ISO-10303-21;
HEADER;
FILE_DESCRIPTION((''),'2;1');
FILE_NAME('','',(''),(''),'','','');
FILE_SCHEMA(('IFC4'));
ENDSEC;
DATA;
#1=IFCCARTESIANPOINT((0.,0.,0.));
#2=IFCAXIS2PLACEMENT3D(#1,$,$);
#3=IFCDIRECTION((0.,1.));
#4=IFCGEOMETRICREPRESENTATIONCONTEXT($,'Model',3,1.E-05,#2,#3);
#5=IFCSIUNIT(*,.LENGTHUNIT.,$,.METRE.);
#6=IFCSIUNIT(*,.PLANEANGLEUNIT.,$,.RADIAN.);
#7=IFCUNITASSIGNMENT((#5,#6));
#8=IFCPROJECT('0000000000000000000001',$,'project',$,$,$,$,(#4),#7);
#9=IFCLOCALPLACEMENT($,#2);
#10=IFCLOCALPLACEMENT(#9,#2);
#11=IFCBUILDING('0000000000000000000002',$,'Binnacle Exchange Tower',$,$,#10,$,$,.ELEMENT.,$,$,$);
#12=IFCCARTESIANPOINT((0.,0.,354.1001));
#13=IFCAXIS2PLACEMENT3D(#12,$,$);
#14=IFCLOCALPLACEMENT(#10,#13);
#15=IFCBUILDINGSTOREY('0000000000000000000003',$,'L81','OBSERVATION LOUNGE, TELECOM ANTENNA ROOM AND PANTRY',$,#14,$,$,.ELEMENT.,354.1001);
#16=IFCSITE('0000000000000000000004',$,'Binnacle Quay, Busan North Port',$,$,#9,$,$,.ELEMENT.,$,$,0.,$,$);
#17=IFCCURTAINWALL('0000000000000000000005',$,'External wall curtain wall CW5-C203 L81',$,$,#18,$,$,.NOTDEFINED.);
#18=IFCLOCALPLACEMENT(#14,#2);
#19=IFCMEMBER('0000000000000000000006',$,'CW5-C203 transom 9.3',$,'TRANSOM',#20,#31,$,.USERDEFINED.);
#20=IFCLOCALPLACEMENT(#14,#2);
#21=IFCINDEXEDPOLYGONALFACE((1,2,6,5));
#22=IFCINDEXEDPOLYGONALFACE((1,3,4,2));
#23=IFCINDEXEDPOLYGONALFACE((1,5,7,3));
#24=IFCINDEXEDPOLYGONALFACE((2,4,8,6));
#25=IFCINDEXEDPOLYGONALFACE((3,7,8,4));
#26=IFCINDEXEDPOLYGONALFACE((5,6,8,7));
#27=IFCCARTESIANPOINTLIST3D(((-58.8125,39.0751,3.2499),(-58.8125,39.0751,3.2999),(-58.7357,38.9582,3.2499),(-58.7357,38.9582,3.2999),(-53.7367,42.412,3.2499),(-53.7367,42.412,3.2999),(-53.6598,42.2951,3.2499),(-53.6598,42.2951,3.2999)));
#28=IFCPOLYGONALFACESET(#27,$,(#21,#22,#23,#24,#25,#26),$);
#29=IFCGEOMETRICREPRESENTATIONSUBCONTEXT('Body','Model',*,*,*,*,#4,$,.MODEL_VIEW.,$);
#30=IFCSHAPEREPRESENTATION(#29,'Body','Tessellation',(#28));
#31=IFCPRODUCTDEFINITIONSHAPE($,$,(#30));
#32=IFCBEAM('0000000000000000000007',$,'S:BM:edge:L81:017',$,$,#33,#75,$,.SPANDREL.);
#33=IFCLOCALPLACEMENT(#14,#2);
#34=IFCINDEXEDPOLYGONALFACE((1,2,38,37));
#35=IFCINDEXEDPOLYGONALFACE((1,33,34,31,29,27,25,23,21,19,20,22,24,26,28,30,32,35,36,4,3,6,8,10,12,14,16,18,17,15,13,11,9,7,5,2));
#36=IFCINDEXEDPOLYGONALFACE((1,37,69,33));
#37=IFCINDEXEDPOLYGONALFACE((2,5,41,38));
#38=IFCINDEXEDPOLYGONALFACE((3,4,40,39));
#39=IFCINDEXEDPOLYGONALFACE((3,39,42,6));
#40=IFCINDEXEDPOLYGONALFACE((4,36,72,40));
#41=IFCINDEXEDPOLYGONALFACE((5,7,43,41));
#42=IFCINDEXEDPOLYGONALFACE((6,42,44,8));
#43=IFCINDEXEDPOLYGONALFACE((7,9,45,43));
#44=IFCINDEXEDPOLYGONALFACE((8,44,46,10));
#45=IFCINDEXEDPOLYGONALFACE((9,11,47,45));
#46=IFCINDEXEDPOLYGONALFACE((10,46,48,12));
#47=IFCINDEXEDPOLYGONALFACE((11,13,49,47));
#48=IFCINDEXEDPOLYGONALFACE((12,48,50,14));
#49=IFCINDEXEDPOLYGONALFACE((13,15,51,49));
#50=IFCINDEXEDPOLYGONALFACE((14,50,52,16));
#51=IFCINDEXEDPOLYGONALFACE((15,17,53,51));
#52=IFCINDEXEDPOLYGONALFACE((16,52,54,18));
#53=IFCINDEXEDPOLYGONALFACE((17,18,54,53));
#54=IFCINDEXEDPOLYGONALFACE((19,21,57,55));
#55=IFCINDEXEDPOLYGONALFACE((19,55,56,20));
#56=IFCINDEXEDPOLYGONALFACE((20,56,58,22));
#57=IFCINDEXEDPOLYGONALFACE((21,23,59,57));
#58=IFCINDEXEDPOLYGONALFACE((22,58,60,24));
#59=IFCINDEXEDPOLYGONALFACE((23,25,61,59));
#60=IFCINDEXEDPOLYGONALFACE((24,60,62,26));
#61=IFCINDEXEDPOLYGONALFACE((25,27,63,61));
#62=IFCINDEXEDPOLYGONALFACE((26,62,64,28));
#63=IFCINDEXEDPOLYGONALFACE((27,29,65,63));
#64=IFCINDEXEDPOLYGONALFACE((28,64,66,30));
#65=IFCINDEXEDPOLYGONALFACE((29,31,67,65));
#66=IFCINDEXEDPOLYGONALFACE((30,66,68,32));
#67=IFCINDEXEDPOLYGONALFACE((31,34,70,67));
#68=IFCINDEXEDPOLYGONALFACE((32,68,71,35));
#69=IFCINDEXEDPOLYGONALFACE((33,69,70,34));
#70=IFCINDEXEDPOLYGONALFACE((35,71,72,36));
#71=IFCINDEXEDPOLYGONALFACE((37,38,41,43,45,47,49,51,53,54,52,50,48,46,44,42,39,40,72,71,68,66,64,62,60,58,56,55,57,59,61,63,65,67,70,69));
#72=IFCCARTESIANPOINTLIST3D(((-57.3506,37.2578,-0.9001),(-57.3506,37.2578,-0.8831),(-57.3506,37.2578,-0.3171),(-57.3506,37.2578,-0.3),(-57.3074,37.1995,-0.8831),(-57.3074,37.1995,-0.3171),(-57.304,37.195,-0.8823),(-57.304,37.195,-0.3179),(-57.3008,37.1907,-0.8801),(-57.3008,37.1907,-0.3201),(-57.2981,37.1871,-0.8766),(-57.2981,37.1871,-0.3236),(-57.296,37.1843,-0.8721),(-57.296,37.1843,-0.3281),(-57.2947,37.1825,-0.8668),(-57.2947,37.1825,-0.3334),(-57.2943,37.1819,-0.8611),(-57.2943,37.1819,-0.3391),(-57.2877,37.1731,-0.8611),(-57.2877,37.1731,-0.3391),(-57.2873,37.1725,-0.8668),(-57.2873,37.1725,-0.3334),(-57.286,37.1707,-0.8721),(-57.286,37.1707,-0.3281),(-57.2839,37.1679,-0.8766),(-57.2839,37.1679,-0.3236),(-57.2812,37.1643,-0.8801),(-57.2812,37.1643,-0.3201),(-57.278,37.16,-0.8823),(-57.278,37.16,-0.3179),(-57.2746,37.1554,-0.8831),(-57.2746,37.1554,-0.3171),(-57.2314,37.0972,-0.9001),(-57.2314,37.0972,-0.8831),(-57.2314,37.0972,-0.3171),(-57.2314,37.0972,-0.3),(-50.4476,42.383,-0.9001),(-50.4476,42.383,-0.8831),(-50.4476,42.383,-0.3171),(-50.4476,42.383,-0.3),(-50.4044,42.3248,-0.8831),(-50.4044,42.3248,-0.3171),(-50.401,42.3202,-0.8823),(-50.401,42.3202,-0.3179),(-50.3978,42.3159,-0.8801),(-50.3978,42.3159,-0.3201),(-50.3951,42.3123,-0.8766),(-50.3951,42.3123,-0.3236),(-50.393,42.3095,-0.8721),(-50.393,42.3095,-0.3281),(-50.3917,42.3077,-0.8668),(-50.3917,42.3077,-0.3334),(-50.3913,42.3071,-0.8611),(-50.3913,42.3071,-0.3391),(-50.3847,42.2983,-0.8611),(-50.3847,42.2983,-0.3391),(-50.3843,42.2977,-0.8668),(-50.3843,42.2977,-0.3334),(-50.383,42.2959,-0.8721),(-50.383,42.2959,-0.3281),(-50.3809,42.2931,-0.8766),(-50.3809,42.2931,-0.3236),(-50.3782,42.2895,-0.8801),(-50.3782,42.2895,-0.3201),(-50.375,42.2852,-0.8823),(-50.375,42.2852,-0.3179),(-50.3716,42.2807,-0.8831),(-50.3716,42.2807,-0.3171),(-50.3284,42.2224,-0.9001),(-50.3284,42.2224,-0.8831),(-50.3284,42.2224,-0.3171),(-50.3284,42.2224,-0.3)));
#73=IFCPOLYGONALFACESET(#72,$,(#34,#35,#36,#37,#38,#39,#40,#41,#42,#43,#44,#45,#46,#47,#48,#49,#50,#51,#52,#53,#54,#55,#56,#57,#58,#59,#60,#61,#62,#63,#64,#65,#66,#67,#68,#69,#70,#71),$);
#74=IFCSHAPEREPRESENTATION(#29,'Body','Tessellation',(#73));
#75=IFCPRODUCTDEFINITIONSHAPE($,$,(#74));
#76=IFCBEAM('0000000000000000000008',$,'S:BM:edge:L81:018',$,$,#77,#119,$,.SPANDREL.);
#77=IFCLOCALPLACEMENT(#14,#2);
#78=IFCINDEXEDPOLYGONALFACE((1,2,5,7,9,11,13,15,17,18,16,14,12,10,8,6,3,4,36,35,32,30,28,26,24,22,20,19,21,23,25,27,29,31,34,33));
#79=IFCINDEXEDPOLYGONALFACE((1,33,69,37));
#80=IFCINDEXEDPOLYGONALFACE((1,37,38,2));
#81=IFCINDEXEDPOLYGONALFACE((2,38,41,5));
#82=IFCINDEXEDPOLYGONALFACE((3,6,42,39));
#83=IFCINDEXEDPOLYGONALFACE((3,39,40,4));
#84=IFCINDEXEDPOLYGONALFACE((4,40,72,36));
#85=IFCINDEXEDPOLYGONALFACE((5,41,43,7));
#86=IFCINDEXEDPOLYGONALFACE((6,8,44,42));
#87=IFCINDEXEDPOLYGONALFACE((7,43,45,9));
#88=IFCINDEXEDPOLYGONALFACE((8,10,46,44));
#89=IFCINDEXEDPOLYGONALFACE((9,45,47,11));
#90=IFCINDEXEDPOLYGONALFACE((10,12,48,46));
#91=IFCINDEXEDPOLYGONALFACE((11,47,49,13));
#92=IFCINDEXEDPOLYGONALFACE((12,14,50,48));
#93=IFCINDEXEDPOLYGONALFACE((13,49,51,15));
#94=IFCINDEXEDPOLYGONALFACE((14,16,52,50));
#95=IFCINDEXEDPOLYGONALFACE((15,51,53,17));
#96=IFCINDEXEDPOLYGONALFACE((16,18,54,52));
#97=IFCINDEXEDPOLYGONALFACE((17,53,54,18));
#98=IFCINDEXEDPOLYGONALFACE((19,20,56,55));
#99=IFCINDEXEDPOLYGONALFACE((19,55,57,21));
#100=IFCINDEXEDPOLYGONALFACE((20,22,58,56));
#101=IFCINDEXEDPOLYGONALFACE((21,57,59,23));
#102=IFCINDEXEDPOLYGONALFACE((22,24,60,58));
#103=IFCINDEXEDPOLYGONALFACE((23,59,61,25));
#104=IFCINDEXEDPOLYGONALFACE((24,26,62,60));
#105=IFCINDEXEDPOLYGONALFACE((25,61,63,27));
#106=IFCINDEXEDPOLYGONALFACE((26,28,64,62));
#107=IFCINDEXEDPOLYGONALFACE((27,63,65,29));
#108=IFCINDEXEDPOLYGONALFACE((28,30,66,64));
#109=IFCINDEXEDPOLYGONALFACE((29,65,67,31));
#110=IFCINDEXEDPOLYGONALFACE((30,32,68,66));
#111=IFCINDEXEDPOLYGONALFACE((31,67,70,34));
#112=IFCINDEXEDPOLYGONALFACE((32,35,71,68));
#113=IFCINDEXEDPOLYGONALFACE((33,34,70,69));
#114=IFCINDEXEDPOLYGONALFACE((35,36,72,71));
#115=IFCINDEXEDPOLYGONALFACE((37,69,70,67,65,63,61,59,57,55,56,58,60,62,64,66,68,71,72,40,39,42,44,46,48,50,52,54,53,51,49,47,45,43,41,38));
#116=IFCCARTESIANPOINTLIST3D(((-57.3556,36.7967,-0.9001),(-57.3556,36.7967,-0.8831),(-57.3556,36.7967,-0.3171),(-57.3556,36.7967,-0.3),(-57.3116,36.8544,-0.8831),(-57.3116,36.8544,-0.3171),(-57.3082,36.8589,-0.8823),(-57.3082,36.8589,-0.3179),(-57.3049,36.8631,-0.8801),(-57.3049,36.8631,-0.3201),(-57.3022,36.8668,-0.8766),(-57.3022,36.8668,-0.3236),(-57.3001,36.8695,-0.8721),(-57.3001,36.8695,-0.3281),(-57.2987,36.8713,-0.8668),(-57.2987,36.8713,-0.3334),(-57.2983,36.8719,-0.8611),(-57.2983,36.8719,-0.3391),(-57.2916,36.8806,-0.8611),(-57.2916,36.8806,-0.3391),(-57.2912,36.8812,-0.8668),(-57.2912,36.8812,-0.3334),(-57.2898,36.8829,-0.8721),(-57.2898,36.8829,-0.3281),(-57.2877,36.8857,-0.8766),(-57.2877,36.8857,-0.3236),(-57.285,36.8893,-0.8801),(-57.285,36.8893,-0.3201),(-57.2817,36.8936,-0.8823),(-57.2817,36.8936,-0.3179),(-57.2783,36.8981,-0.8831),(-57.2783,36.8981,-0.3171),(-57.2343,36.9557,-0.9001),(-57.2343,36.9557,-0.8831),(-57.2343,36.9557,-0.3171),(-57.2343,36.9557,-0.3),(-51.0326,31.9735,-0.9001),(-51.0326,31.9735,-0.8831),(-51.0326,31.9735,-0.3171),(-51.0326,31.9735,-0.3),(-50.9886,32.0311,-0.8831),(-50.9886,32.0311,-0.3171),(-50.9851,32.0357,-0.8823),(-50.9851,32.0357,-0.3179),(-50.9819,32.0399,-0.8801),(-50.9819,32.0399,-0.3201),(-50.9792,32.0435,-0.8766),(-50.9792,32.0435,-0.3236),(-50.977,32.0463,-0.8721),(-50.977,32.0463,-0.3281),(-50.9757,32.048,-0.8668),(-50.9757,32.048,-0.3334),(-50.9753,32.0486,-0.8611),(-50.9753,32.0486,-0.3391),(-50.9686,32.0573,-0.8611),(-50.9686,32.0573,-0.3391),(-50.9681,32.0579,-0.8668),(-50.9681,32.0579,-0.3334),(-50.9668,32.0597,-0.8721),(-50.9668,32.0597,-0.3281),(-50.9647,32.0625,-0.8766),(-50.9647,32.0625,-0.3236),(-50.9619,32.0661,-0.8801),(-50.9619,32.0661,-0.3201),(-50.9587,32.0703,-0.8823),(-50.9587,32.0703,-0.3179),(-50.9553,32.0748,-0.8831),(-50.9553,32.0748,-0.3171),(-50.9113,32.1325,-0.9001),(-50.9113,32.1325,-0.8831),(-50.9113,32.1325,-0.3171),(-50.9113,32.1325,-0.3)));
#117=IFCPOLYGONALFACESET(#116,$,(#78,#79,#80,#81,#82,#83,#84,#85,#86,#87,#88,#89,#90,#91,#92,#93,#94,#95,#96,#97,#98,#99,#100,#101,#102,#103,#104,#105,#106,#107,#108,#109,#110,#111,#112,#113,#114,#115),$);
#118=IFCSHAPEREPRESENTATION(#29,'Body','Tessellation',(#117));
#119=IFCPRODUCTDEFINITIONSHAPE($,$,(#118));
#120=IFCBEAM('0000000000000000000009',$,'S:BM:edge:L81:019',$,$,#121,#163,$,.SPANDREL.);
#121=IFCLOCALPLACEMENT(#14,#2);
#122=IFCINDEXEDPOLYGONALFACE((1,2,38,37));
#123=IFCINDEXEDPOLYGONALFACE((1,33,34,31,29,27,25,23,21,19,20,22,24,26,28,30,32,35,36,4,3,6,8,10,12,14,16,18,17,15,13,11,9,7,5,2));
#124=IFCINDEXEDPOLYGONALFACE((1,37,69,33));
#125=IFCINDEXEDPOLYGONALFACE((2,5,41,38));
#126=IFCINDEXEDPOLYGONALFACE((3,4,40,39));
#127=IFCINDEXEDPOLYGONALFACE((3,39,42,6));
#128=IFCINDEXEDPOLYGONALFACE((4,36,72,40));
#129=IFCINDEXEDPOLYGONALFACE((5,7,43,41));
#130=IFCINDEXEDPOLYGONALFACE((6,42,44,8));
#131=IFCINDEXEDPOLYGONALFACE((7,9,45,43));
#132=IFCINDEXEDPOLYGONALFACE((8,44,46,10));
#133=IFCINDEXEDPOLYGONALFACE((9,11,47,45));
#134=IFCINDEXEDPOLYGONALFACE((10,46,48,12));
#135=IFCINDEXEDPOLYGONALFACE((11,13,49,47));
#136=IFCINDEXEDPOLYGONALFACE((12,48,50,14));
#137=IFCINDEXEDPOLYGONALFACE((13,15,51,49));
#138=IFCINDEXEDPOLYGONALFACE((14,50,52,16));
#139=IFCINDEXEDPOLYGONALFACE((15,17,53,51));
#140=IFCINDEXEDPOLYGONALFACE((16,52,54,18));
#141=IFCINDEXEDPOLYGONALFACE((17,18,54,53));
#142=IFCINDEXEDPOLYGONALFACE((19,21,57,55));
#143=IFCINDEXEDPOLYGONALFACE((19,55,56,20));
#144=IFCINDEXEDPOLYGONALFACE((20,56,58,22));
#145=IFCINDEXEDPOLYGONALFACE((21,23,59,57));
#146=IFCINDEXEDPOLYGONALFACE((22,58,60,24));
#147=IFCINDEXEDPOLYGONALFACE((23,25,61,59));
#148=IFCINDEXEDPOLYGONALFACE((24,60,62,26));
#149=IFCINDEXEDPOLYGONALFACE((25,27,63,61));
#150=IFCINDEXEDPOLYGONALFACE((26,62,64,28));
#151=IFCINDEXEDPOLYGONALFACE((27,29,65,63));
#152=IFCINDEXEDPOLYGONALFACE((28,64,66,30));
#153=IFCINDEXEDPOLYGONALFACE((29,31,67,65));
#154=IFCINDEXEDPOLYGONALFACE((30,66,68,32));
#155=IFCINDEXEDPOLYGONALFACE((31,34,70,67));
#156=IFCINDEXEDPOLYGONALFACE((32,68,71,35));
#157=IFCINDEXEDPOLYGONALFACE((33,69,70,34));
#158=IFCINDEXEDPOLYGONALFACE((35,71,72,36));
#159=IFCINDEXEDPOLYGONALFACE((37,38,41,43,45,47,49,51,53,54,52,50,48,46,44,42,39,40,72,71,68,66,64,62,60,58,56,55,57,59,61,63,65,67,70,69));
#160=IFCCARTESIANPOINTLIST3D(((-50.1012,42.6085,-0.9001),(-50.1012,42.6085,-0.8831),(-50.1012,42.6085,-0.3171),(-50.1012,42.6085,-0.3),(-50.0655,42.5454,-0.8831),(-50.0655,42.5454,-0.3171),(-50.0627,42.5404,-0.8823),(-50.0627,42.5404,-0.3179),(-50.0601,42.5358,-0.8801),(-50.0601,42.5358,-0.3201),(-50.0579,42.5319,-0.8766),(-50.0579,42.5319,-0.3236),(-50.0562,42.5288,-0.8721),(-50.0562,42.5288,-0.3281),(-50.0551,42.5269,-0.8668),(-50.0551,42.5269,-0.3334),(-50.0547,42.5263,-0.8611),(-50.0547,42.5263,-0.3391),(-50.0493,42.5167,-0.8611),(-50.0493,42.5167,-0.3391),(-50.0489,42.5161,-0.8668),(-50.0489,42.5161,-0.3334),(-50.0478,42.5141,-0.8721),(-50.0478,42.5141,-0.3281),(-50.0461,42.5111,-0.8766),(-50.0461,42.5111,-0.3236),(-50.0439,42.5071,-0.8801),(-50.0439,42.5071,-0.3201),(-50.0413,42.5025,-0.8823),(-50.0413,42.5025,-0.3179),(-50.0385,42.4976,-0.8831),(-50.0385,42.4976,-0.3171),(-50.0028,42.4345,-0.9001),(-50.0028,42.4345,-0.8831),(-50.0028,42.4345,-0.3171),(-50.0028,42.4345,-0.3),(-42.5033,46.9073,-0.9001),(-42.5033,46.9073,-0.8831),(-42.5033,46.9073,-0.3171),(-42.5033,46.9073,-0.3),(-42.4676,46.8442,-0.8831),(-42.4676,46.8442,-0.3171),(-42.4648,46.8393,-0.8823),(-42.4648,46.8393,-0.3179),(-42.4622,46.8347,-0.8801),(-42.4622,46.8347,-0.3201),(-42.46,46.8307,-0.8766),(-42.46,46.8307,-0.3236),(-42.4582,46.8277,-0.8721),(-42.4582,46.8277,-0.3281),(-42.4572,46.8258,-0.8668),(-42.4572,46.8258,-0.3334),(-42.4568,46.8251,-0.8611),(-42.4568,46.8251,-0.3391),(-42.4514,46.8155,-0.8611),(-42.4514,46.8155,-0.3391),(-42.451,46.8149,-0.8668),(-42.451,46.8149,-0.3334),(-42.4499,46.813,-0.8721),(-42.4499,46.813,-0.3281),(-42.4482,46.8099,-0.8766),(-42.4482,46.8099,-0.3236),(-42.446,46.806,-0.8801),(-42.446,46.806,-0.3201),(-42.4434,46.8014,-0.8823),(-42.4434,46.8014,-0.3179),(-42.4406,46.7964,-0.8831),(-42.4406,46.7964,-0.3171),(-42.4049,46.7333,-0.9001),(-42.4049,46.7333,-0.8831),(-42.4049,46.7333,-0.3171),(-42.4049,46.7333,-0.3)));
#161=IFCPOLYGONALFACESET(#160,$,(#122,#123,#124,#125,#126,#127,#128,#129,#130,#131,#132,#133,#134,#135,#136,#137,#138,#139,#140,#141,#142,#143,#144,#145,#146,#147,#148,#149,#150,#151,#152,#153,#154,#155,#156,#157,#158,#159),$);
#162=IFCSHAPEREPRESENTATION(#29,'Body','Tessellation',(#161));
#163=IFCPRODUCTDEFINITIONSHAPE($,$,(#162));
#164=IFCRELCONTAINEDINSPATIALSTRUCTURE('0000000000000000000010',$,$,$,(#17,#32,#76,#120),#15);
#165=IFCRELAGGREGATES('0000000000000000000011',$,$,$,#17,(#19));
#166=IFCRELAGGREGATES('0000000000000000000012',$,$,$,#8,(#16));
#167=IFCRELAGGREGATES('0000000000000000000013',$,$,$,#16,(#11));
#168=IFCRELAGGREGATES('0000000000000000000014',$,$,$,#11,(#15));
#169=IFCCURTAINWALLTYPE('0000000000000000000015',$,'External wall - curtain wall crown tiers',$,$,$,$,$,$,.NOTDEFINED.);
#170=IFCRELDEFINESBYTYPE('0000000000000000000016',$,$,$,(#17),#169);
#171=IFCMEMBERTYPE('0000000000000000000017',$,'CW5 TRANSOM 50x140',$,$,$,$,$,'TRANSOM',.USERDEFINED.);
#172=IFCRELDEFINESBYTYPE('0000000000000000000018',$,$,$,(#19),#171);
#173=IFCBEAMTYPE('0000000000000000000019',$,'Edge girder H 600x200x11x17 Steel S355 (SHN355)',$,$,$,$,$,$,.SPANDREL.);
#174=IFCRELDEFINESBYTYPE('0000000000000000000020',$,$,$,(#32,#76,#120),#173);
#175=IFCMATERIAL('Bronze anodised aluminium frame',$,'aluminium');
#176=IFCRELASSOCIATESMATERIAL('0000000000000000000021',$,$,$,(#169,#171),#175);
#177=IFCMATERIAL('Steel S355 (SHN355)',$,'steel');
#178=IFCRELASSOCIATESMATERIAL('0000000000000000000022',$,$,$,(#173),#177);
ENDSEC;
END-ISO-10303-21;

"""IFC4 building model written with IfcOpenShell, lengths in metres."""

from ifc_helpers import new_model, si_unit, direction, frame, origin, origin_2d, place, context, subcontext, project, spatial, rectangle, i_section, extrude, material, material_profile, profile_set, type_object, element, aggregate, save


model = new_model("IFC4")

# Units and contexts
model_context = context("Model", 3, precision=1e-05, world=origin(), true_north=direction((0.0, 1.0)))
body_context = subcontext(model_context, "Body", "Model", "MODEL_VIEW")
ifc_project = project(units=[si_unit("LENGTHUNIT", "METRE"), si_unit("PLANEANGLEUNIT", "RADIAN")], contexts=[model_context])

# Site, building, storey
site_placement = place(None, origin())
site = spatial("IfcSite", under=ifc_project, at=site_placement, Name="Binnacle Quay, Busan North Port", CompositionType="ELEMENT", RefElevation=0.0)
building_placement = place(site_placement, origin())
building = spatial("IfcBuilding", under=site, at=building_placement, Name="Binnacle Exchange Tower", CompositionType="ELEMENT")
storey_placement = place(building_placement, frame((0.0, 0.0, 354.1001)))
storey = spatial("IfcBuildingStorey", under=building, at=storey_placement, Name="L81", Description="OBSERVATION LOUNGE, TELECOM ANTENNA ROOM AND PANTRY", CompositionType="ELEMENT", Elevation=354.1001)

# Shared definitions
ifc_material_1 = material(Name="Steel S355 (SHN355)", Category="steel")

# Curtain wall, member
ifc_material_2 = material(Name="Bronze anodised aluminium frame", Category="aluminium")
curtain_wall_type = type_object("IfcCurtainWallType", Name="External wall - curtain wall crown tiers", PredefinedType="NOTDEFINED", material=ifc_material_2)
curtain_wall_placement = place(storey_placement, origin())
curtain_wall = element("IfcCurtainWall", 1, at=curtain_wall_placement, inside=storey, type_object=curtain_wall_type, Name="External wall curtain wall CW5-C203 L81", PredefinedType="NOTDEFINED")
ifc_material_profile_1 = material_profile(ifc_material_2, rectangle(XDim=0.1399, YDim=0.05, at=origin_2d()), Name="AL 140x50")
ifc_profile_set_1 = profile_set([ifc_material_profile_1], Name="Bronze anodised aluminium frame")
member_type_1 = type_object("IfcMemberType", Name="CW5 TRANSOM 50x140", ElementType="TRANSOM", PredefinedType="USERDEFINED", material=ifc_profile_set_1)
member_1_placement = place(storey_placement, frame((-53.6982, 42.3535, 3.2749), z_axis=(-0.835607, -0.549328, 0.0), x_axis=(0.549328, -0.835607, 0.0)))
member_1 = element("IfcMember", 2, at=member_1_placement, type_object=member_type_1, Name="CW5-C203 transom 9.3", ObjectType="TRANSOM", PredefinedType="USERDEFINED", context=body_context, shape_type="SweptSolid", body=[
    extrude(rectangle(XDim=0.1399, YDim=0.05, at=origin_2d()), origin(), (0.0, 0.0, 1.0), 6.0745),
])

# Beams
ifc_material_profile_2 = material_profile(ifc_material_1, i_section(OverallWidth=0.2, OverallDepth=0.6001, WebThickness=0.011, FlangeThickness=0.0171, FilletRadius=0.022, at=origin_2d()), Name="H 600x200x11x17")
ifc_profile_set_2 = profile_set([ifc_material_profile_2], Name="Steel S355 (SHN355)")
beam_type_1 = type_object("IfcBeamType", Name="Edge girder H 600x200x11x17 Steel S355 (SHN355)", PredefinedType="SPANDREL", material=ifc_profile_set_2)
beam_1_placement = place(storey_placement, frame((-57.291, 37.1775, -0.6001), z_axis=(0.802897, 0.596117, 0.0), x_axis=(-0.596117, 0.802897, 0.0)))
element("IfcBeam", 3, at=beam_1_placement, inside=storey, type_object=beam_type_1, Name="S:BM:edge:L81:017", PredefinedType="SPANDREL", context=body_context, shape_type="SweptSolid", body=[
    extrude(i_section(OverallWidth=0.2, OverallDepth=0.6001, WebThickness=0.011, FlangeThickness=0.0171, FilletRadius=0.022, at=origin_2d()), origin(), (0.0, 0.0, 1.0), 8.5977),
])
beam_2_placement = place(storey_placement, frame((-50.9719, 32.053, -0.6001), z_axis=(-0.795085, 0.606498, 0.0), x_axis=(-0.606498, -0.795085, 0.0)))
element("IfcBeam", 4, at=beam_2_placement, inside=storey, type_object=beam_type_1, Name="S:BM:edge:L81:018", PredefinedType="SPANDREL", context=body_context, shape_type="SweptSolid", body=[
    extrude(i_section(OverallWidth=0.2, OverallDepth=0.6001, WebThickness=0.011, FlangeThickness=0.0171, FilletRadius=0.022, at=origin_2d()), origin(), (0.0, 0.0, 1.0), 7.9526),
])
beam_3_placement = place(storey_placement, frame((-50.052, 42.5215, -0.6001), z_axis=(0.870349, 0.492436, 0.0), x_axis=(-0.492436, 0.870349, 0.0)))
element("IfcBeam", 5, at=beam_3_placement, inside=storey, type_object=beam_type_1, Name="S:BM:edge:L81:019", PredefinedType="SPANDREL", context=body_context, shape_type="SweptSolid", body=[
    extrude(i_section(OverallWidth=0.2, OverallDepth=0.6001, WebThickness=0.011, FlangeThickness=0.0171, FilletRadius=0.022, at=origin_2d()), origin(), (0.0, 0.0, 1.0), 8.7297),
])

aggregate(curtain_wall, [member_1])

save(model, "model.ifc")
